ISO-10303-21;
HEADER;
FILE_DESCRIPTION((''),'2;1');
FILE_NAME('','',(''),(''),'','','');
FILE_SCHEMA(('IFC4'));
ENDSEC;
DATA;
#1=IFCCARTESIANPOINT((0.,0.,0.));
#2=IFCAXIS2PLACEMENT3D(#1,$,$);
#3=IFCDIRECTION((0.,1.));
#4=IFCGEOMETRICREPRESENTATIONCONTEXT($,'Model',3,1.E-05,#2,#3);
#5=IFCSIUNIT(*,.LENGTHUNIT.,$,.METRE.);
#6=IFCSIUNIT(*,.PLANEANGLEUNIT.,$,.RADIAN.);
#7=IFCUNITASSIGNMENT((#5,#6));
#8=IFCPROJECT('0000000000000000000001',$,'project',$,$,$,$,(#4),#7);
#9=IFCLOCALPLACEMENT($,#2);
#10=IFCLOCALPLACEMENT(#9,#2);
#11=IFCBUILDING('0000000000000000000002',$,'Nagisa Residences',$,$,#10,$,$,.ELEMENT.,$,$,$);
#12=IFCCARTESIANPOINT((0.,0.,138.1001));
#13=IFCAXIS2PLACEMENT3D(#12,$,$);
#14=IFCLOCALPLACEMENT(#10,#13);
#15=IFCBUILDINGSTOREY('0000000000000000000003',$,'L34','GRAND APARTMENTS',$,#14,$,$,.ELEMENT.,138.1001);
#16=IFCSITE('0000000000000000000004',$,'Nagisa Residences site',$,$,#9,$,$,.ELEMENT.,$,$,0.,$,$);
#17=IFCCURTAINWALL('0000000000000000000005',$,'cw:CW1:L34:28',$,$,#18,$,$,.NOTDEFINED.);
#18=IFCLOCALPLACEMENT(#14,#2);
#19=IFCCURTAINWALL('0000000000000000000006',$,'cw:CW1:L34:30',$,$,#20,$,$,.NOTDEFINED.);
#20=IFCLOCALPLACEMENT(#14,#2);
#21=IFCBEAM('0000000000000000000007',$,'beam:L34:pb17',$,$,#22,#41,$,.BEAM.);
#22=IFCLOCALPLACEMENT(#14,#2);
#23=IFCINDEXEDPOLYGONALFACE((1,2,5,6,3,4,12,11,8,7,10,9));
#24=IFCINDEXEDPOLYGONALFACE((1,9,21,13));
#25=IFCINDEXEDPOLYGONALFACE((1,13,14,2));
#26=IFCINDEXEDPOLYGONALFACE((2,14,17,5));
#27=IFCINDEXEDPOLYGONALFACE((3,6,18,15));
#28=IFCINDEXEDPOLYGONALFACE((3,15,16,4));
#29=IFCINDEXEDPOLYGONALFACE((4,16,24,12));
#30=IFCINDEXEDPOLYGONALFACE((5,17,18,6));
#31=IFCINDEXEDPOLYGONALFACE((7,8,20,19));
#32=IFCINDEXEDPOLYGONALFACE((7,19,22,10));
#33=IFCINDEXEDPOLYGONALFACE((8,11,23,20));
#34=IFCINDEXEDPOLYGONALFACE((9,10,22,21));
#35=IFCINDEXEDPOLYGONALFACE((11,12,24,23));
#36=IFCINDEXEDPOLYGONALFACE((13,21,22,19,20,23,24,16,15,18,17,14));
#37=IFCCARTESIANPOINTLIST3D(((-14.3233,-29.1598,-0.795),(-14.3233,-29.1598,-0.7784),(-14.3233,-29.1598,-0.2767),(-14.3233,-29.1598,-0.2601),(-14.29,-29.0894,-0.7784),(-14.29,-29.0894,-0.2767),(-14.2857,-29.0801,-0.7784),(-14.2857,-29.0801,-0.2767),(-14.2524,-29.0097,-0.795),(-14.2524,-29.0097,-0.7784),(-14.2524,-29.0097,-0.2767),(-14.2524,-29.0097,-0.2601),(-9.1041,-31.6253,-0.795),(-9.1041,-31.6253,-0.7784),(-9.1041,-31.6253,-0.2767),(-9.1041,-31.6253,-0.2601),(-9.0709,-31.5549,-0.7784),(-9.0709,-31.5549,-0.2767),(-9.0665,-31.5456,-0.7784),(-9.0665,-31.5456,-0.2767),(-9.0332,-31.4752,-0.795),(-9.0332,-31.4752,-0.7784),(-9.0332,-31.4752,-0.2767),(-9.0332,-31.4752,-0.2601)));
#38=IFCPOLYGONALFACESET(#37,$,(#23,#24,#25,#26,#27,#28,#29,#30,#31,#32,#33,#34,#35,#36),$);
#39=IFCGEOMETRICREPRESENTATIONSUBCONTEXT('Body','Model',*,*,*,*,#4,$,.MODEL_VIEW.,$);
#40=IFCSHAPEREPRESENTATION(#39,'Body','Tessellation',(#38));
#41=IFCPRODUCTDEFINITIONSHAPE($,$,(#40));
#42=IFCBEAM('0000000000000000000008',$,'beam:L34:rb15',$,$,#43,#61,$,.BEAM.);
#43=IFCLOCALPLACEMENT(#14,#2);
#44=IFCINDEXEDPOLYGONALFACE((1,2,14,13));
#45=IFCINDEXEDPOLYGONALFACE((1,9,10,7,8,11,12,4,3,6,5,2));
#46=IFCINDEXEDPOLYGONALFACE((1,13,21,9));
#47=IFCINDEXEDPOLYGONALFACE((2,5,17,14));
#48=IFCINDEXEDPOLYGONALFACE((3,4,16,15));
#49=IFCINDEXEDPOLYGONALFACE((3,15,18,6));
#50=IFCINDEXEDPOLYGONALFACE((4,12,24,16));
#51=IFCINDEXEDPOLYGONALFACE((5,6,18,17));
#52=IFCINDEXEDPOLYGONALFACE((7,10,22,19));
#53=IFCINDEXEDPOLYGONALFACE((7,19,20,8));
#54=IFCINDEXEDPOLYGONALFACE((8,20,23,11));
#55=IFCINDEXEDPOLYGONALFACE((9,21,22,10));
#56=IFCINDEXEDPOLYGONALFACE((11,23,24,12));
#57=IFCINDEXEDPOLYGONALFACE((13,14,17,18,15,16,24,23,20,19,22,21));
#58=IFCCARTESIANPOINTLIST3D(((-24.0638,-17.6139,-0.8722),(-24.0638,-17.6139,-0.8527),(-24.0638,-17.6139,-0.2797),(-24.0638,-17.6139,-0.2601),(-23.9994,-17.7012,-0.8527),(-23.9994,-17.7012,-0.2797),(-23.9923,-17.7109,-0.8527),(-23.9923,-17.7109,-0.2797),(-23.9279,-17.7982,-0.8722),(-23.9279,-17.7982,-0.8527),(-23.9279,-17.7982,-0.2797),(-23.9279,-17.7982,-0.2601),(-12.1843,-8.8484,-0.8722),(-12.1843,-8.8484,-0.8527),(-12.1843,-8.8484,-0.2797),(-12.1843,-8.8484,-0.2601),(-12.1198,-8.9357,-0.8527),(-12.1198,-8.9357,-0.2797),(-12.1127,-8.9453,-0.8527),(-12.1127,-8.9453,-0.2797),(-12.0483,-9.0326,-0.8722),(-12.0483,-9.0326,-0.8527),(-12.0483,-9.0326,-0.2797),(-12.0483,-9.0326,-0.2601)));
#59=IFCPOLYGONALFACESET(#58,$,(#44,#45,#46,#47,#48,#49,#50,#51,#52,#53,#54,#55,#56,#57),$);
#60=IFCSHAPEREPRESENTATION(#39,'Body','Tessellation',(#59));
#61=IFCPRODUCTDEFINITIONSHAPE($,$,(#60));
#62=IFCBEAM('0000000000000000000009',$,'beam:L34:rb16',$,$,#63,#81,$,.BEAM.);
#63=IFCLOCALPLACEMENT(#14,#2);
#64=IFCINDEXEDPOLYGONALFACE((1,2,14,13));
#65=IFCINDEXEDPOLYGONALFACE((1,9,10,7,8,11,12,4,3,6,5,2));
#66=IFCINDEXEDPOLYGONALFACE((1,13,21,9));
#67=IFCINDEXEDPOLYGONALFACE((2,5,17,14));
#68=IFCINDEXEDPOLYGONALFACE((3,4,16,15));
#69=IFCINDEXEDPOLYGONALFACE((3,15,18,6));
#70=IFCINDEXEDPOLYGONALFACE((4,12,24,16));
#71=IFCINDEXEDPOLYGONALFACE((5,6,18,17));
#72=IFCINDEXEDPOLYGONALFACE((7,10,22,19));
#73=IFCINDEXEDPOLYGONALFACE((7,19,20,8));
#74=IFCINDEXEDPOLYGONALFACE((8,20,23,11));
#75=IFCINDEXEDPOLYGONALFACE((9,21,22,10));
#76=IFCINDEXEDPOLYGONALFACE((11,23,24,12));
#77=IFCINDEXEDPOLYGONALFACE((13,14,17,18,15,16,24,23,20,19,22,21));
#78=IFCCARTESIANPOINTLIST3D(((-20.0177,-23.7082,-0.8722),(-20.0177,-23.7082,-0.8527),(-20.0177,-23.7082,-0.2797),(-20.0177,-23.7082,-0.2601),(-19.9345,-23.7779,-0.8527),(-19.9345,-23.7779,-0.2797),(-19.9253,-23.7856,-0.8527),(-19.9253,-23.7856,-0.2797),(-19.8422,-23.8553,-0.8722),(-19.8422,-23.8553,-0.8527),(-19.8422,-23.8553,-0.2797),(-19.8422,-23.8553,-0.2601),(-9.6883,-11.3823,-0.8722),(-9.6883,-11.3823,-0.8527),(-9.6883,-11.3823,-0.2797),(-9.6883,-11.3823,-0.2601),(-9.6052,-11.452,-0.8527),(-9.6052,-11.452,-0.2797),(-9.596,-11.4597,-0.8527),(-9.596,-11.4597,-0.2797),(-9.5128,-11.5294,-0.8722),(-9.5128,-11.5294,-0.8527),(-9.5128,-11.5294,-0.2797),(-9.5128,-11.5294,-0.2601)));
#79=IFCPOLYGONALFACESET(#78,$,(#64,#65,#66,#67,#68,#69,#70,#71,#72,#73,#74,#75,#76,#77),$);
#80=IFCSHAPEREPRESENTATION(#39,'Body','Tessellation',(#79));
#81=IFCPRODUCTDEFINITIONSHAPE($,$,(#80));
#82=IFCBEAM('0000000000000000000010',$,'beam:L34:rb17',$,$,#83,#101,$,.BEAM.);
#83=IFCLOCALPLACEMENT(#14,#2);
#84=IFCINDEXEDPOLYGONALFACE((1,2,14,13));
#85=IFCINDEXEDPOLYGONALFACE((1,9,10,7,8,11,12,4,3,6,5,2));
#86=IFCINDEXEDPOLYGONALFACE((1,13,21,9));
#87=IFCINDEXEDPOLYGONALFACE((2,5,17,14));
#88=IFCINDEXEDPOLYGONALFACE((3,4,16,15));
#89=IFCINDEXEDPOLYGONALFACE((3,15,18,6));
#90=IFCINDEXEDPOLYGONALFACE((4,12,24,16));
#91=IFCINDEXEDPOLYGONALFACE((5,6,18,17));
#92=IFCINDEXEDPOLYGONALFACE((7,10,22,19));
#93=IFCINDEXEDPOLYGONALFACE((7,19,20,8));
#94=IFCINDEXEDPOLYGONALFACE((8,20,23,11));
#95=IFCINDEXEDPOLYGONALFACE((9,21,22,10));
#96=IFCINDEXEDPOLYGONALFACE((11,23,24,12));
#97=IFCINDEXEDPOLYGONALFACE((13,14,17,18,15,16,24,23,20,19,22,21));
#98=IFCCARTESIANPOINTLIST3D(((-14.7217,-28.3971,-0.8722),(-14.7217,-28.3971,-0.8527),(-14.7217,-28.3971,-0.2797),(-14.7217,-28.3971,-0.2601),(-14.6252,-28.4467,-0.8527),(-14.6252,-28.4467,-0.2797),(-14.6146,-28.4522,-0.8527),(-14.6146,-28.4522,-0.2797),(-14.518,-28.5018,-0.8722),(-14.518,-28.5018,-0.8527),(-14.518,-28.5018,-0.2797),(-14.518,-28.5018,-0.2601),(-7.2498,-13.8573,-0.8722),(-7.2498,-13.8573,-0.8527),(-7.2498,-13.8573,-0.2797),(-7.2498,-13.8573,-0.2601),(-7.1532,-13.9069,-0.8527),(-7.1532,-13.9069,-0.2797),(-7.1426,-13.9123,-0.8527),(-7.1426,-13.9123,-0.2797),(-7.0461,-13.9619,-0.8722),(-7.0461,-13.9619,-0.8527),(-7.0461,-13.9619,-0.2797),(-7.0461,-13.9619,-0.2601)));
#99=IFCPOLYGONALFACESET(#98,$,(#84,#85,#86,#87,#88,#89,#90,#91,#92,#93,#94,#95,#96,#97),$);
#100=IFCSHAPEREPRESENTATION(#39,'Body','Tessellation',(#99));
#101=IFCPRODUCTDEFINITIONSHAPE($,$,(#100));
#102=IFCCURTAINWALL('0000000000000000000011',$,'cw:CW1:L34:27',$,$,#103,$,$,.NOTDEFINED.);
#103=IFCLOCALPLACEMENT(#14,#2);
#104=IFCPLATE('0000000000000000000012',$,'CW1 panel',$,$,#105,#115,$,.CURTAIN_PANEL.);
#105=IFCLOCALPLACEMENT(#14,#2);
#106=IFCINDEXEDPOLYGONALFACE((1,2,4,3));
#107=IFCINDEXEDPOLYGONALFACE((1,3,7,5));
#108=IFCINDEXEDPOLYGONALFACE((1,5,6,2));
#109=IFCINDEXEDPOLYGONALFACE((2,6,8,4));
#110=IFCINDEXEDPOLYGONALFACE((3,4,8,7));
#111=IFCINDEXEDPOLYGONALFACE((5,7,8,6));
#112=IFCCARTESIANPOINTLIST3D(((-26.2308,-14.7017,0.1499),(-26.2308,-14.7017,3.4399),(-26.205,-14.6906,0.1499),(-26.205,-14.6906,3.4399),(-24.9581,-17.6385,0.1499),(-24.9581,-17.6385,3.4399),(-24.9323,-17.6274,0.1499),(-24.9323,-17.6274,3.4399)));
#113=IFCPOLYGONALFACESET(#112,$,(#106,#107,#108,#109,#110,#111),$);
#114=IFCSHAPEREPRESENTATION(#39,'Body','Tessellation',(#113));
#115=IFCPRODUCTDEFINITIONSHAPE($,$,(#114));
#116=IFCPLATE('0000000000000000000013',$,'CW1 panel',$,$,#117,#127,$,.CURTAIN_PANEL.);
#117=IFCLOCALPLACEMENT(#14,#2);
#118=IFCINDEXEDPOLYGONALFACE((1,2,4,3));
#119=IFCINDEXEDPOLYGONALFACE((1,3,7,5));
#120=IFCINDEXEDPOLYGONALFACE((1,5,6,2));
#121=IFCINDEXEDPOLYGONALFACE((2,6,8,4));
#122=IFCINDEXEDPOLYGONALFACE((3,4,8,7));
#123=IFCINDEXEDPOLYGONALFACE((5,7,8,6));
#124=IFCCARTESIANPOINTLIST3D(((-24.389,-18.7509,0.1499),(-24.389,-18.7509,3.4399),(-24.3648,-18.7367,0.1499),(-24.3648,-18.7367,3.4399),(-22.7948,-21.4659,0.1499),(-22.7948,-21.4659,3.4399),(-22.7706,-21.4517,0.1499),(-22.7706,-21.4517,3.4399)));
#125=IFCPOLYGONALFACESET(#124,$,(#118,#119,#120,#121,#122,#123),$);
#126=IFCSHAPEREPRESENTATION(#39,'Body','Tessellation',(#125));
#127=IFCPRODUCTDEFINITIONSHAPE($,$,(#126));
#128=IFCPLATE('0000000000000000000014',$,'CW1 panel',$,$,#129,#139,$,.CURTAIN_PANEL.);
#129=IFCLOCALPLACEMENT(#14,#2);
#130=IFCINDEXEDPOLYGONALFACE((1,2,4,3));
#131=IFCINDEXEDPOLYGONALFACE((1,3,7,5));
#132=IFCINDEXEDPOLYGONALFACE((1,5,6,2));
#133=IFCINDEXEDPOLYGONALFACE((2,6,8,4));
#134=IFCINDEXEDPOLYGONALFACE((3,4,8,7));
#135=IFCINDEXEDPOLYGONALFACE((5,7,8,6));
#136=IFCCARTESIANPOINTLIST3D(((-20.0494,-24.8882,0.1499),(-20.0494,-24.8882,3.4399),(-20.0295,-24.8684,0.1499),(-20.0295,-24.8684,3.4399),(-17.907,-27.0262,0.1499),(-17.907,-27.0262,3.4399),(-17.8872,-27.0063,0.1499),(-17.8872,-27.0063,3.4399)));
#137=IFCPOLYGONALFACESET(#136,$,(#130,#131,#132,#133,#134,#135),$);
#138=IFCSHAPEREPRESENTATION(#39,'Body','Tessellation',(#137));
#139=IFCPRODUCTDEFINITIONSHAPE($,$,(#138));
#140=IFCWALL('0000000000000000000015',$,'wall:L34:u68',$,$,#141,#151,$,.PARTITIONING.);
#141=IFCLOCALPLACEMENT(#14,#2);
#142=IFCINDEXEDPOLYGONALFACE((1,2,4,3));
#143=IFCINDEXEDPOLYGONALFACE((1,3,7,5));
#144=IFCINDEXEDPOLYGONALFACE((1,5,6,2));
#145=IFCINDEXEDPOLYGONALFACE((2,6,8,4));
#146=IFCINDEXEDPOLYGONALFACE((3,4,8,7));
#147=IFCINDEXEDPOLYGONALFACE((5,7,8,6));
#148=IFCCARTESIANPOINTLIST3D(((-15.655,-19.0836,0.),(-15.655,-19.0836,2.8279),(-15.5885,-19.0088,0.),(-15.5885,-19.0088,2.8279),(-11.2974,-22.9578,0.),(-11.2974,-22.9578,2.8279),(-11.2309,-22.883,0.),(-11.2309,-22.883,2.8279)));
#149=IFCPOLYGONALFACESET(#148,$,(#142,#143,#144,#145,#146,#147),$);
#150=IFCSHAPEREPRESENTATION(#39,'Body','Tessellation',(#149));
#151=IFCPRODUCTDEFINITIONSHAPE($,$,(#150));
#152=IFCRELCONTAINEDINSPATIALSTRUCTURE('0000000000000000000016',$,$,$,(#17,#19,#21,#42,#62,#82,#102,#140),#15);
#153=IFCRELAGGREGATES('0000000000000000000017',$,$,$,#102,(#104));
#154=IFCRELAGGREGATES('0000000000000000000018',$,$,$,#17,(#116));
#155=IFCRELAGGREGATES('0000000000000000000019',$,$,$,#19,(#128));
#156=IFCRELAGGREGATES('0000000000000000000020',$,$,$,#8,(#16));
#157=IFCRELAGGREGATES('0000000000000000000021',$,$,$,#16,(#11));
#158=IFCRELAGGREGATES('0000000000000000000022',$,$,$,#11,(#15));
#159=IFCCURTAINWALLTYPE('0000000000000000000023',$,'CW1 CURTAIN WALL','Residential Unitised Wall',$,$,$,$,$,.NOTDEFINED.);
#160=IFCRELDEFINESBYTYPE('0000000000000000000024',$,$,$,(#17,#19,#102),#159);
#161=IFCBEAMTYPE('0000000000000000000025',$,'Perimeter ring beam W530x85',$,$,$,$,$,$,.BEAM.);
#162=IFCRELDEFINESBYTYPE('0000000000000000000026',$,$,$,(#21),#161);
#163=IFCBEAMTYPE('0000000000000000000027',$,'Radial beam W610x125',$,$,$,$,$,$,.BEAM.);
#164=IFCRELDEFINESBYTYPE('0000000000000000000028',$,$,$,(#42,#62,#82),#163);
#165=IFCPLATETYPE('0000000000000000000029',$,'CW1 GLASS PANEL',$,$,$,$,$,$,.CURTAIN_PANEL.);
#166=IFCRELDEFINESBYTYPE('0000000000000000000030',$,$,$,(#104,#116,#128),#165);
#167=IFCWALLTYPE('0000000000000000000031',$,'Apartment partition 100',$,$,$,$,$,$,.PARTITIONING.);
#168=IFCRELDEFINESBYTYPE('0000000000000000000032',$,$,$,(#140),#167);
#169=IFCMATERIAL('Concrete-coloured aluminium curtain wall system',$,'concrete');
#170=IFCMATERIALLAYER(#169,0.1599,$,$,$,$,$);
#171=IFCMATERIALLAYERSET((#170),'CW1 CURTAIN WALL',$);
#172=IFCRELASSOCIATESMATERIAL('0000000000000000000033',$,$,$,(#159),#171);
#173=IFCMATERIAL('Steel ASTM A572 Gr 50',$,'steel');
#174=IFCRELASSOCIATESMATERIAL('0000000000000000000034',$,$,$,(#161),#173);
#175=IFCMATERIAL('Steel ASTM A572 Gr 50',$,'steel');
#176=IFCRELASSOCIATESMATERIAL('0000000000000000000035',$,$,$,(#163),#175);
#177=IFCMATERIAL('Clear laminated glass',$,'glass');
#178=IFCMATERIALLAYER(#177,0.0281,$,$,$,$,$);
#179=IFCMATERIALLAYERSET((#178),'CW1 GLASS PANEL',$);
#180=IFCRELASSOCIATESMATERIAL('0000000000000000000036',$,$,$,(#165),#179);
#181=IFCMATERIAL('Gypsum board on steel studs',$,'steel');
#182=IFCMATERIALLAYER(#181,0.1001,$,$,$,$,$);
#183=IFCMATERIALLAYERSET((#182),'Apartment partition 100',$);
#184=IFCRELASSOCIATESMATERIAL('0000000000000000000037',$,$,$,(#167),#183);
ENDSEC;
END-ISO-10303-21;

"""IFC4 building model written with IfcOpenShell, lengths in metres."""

from ifc_helpers import new_model, si_unit, direction, frame, frame_2d, origin, origin_2d, place, context, subcontext, project, spatial, rectangle, i_section, extrude, material, layer, layer_set, material_profile, profile_set, type_object, element, aggregate, save


model = new_model("IFC4")

# Units and contexts
model_context = context("Model", 3, precision=1e-05, world=origin(), true_north=direction((0.0, 1.0)))
body_context = subcontext(model_context, "Body", "Model", "MODEL_VIEW")
ifc_project = project(units=[si_unit("LENGTHUNIT", "METRE"), si_unit("PLANEANGLEUNIT", "RADIAN")], contexts=[model_context])

# Site, building, storey
site_placement = place(None, origin())
site = spatial("IfcSite", under=ifc_project, at=site_placement, Name="Nagisa Residences site", CompositionType="ELEMENT", RefElevation=0.0)
building_placement = place(site_placement, origin())
building = spatial("IfcBuilding", under=site, at=building_placement, Name="Nagisa Residences", CompositionType="ELEMENT")
storey_placement = place(building_placement, frame((0.0, 0.0, 138.1001)))
storey = spatial("IfcBuildingStorey", under=building, at=storey_placement, Name="L34", Description="GRAND APARTMENTS", CompositionType="ELEMENT", Elevation=138.1001)

# Curtain walls
ifc_material_1 = material(Name="Concrete-coloured aluminium curtain wall system", Category="concrete")
ifc_layer_1 = layer(ifc_material_1, 0.1599)
ifc_layer_set_1 = layer_set([ifc_layer_1], Name="CW1 CURTAIN WALL")
curtain_wall_type = type_object("IfcCurtainWallType", Name="CW1 CURTAIN WALL", Description="Residential Unitised Wall", PredefinedType="NOTDEFINED", material=ifc_layer_set_1)
curtain_wall_1_placement = place(storey_placement, origin())
curtain_wall_1 = element("IfcCurtainWall", 1, at=curtain_wall_1_placement, inside=storey, type_object=curtain_wall_type, Name="cw:CW1:L34:28", PredefinedType="NOTDEFINED")
curtain_wall_2_placement = place(storey_placement, origin())
curtain_wall_2 = element("IfcCurtainWall", 2, at=curtain_wall_2_placement, inside=storey, type_object=curtain_wall_type, Name="cw:CW1:L34:30", PredefinedType="NOTDEFINED")

# Beams
ifc_material_2 = material(Name="Steel ASTM A572 Gr 50", Category="steel")
ifc_material_profile_1 = material_profile(ifc_material_2, i_section(OverallWidth=0.166, OverallDepth=0.5349, WebThickness=0.0103, FlangeThickness=0.0166, at=origin_2d()), Name="W530x85")
ifc_profile_set_1 = profile_set([ifc_material_profile_1], Name="Steel ASTM A572 Gr 50")
beam_type_1 = type_object("IfcBeamType", Name="Perimeter ring beam W530x85", PredefinedType="BEAM", material=ifc_profile_set_1)
beam_1_placement = place(storey_placement, frame((-14.2878, -29.0847, -0.5276), z_axis=(0.904186, -0.427139, 0.0), x_axis=(0.427139, 0.904186, 0.0)))
element("IfcBeam", 3, at=beam_1_placement, inside=storey, type_object=beam_type_1, Name="beam:L34:pb17", PredefinedType="BEAM", context=body_context, shape_type="SweptSolid", body=[
    extrude(i_section(OverallWidth=0.166, OverallDepth=0.5349, WebThickness=0.0103, FlangeThickness=0.0166, at=origin_2d()), origin(), (0.0, 0.0, 1.0), 5.7722),
])
ifc_material_3 = material(Name="Steel ASTM A572 Gr 50", Category="steel")
ifc_material_profile_2 = material_profile(ifc_material_3, i_section(OverallWidth=0.229, OverallDepth=0.6121, WebThickness=0.012, FlangeThickness=0.0195, at=origin_2d()), Name="W610x125")
ifc_profile_set_2 = profile_set([ifc_material_profile_2], Name="Steel ASTM A572 Gr 50")
beam_type_2 = type_object("IfcBeamType", Name="Radial beam W610x125", PredefinedType="BEAM", material=ifc_profile_set_2)
beam_2_placement = place(storey_placement, frame((-23.9958, -17.7061, -0.5662), z_axis=(0.804661, 0.593735, 0.0), x_axis=(-0.593735, 0.804661, 0.0)))
element("IfcBeam", 4, at=beam_2_placement, inside=storey, type_object=beam_type_2, Name="beam:L34:rb15", PredefinedType="BEAM", context=body_context, shape_type="SweptSolid", body=[
    extrude(i_section(OverallWidth=0.229, OverallDepth=0.6121, WebThickness=0.012, FlangeThickness=0.0195, at=origin_2d()), origin(), (0.0, 0.0, 1.0), 14.7634),
])
beam_3_placement = place(storey_placement, frame((-19.9299, -23.7817, -0.5662), z_axis=(0.642301, 0.766453, 0.0), x_axis=(-0.766453, 0.642301, 0.0)))
element("IfcBeam", 5, at=beam_3_placement, inside=storey, type_object=beam_type_2, Name="beam:L34:rb16", PredefinedType="BEAM", context=body_context, shape_type="SweptSolid", body=[
    extrude(i_section(OverallWidth=0.229, OverallDepth=0.6121, WebThickness=0.012, FlangeThickness=0.0195, at=origin_2d()), origin(), (0.0, 0.0, 1.0), 16.0818),
])
beam_4_placement = place(storey_placement, frame((-14.6199, -28.4495, -0.5662), z_axis=(0.457073, 0.889429, 0.0), x_axis=(-0.889429, 0.457073, 0.0)))
element("IfcBeam", 6, at=beam_4_placement, inside=storey, type_object=beam_type_2, Name="beam:L34:rb17", PredefinedType="BEAM", context=body_context, shape_type="SweptSolid", body=[
    extrude(i_section(OverallWidth=0.229, OverallDepth=0.6121, WebThickness=0.012, FlangeThickness=0.0195, at=origin_2d()), origin(), (0.0, 0.0, 1.0), 16.3474),
])

# Curtain wall, plate
curtain_wall_3_placement = place(storey_placement, origin())
curtain_wall_3 = element("IfcCurtainWall", 7, at=curtain_wall_3_placement, inside=storey, type_object=curtain_wall_type, Name="cw:CW1:L34:27", PredefinedType="NOTDEFINED")
ifc_material_4 = material(Name="Clear laminated glass", Category="glass")
ifc_layer_2 = layer(ifc_material_4, 0.0281)
ifc_layer_set_2 = layer_set([ifc_layer_2], Name="CW1 GLASS PANEL")
plate_type = type_object("IfcPlateType", Name="CW1 GLASS PANEL", PredefinedType="CURTAIN_PANEL", material=ifc_layer_set_2)
plate_1_placement = place(storey_placement, frame((-25.5815, -16.1646, 0.1499), z_axis=(0.0, 0.0, 1.0), x_axis=(0.397636, -0.917543, 0.0)))
plate_1 = element("IfcPlate", 8, at=plate_1_placement, type_object=plate_type, Name="CW1 panel", PredefinedType="CURTAIN_PANEL", context=body_context, shape_type="SweptSolid", body=[
    extrude(rectangle(XDim=3.2007, YDim=0.0281, at=origin_2d()), origin(), (0.0, 0.0, 1.0), 3.29),
])
aggregate(curtain_wall_3, [plate_1])

# Plates
plate_2_placement = place(storey_placement, frame((-23.5798, -20.1013, 0.1499), z_axis=(0.0, 0.0, 1.0), x_axis=(0.506349, -0.862329, 0.0)))
plate_2 = element("IfcPlate", 9, at=plate_2_placement, type_object=plate_type, Name="CW1 panel", PredefinedType="CURTAIN_PANEL", context=body_context, shape_type="SweptSolid", body=[
    extrude(rectangle(XDim=3.1484, YDim=0.0281, at=origin_2d()), origin(), (0.0, 0.0, 1.0), 3.29),
])
aggregate(curtain_wall_1, [plate_2])
plate_3_placement = place(storey_placement, frame((-18.9683, -25.9473, 0.1499), z_axis=(0.0, 0.0, 1.0), x_axis=(0.707836, -0.706377, 0.0)))
plate_3 = element("IfcPlate", 10, at=plate_3_placement, type_object=plate_type, Name="CW1 panel", PredefinedType="CURTAIN_PANEL", context=body_context, shape_type="SweptSolid", body=[
    extrude(rectangle(XDim=3.0266, YDim=0.0281, at=origin_2d()), origin(), (0.0, 0.0, 1.0), 3.29),
])
aggregate(curtain_wall_2, [plate_3])

# Wall
ifc_material_5 = material(Name="Gypsum board on steel studs", Category="steel")
ifc_layer_3 = layer(ifc_material_5, 0.1001)
ifc_layer_set_3 = layer_set([ifc_layer_3], Name="Apartment partition 100")
wall_type_1 = type_object("IfcWallType", Name="Apartment partition 100", PredefinedType="PARTITIONING", material=ifc_layer_set_3)
wall_1_placement = place(storey_placement, frame((-15.6218, -19.0461, 0.0), z_axis=(0.0, 0.0, 1.0), x_axis=(0.747342, -0.664439, 0.0)))
element("IfcWall", 11, at=wall_1_placement, inside=storey, type_object=wall_type_1, Name="wall:L34:u68", PredefinedType="PARTITIONING", context=body_context, shape_type="SweptSolid", body=[
    extrude(rectangle(XDim=5.8308, YDim=0.1001, at=frame_2d((2.9155, 0.0))), origin(), (0.0, 0.0, 1.0), 2.8279),
])

save(model, "model.ifc")
